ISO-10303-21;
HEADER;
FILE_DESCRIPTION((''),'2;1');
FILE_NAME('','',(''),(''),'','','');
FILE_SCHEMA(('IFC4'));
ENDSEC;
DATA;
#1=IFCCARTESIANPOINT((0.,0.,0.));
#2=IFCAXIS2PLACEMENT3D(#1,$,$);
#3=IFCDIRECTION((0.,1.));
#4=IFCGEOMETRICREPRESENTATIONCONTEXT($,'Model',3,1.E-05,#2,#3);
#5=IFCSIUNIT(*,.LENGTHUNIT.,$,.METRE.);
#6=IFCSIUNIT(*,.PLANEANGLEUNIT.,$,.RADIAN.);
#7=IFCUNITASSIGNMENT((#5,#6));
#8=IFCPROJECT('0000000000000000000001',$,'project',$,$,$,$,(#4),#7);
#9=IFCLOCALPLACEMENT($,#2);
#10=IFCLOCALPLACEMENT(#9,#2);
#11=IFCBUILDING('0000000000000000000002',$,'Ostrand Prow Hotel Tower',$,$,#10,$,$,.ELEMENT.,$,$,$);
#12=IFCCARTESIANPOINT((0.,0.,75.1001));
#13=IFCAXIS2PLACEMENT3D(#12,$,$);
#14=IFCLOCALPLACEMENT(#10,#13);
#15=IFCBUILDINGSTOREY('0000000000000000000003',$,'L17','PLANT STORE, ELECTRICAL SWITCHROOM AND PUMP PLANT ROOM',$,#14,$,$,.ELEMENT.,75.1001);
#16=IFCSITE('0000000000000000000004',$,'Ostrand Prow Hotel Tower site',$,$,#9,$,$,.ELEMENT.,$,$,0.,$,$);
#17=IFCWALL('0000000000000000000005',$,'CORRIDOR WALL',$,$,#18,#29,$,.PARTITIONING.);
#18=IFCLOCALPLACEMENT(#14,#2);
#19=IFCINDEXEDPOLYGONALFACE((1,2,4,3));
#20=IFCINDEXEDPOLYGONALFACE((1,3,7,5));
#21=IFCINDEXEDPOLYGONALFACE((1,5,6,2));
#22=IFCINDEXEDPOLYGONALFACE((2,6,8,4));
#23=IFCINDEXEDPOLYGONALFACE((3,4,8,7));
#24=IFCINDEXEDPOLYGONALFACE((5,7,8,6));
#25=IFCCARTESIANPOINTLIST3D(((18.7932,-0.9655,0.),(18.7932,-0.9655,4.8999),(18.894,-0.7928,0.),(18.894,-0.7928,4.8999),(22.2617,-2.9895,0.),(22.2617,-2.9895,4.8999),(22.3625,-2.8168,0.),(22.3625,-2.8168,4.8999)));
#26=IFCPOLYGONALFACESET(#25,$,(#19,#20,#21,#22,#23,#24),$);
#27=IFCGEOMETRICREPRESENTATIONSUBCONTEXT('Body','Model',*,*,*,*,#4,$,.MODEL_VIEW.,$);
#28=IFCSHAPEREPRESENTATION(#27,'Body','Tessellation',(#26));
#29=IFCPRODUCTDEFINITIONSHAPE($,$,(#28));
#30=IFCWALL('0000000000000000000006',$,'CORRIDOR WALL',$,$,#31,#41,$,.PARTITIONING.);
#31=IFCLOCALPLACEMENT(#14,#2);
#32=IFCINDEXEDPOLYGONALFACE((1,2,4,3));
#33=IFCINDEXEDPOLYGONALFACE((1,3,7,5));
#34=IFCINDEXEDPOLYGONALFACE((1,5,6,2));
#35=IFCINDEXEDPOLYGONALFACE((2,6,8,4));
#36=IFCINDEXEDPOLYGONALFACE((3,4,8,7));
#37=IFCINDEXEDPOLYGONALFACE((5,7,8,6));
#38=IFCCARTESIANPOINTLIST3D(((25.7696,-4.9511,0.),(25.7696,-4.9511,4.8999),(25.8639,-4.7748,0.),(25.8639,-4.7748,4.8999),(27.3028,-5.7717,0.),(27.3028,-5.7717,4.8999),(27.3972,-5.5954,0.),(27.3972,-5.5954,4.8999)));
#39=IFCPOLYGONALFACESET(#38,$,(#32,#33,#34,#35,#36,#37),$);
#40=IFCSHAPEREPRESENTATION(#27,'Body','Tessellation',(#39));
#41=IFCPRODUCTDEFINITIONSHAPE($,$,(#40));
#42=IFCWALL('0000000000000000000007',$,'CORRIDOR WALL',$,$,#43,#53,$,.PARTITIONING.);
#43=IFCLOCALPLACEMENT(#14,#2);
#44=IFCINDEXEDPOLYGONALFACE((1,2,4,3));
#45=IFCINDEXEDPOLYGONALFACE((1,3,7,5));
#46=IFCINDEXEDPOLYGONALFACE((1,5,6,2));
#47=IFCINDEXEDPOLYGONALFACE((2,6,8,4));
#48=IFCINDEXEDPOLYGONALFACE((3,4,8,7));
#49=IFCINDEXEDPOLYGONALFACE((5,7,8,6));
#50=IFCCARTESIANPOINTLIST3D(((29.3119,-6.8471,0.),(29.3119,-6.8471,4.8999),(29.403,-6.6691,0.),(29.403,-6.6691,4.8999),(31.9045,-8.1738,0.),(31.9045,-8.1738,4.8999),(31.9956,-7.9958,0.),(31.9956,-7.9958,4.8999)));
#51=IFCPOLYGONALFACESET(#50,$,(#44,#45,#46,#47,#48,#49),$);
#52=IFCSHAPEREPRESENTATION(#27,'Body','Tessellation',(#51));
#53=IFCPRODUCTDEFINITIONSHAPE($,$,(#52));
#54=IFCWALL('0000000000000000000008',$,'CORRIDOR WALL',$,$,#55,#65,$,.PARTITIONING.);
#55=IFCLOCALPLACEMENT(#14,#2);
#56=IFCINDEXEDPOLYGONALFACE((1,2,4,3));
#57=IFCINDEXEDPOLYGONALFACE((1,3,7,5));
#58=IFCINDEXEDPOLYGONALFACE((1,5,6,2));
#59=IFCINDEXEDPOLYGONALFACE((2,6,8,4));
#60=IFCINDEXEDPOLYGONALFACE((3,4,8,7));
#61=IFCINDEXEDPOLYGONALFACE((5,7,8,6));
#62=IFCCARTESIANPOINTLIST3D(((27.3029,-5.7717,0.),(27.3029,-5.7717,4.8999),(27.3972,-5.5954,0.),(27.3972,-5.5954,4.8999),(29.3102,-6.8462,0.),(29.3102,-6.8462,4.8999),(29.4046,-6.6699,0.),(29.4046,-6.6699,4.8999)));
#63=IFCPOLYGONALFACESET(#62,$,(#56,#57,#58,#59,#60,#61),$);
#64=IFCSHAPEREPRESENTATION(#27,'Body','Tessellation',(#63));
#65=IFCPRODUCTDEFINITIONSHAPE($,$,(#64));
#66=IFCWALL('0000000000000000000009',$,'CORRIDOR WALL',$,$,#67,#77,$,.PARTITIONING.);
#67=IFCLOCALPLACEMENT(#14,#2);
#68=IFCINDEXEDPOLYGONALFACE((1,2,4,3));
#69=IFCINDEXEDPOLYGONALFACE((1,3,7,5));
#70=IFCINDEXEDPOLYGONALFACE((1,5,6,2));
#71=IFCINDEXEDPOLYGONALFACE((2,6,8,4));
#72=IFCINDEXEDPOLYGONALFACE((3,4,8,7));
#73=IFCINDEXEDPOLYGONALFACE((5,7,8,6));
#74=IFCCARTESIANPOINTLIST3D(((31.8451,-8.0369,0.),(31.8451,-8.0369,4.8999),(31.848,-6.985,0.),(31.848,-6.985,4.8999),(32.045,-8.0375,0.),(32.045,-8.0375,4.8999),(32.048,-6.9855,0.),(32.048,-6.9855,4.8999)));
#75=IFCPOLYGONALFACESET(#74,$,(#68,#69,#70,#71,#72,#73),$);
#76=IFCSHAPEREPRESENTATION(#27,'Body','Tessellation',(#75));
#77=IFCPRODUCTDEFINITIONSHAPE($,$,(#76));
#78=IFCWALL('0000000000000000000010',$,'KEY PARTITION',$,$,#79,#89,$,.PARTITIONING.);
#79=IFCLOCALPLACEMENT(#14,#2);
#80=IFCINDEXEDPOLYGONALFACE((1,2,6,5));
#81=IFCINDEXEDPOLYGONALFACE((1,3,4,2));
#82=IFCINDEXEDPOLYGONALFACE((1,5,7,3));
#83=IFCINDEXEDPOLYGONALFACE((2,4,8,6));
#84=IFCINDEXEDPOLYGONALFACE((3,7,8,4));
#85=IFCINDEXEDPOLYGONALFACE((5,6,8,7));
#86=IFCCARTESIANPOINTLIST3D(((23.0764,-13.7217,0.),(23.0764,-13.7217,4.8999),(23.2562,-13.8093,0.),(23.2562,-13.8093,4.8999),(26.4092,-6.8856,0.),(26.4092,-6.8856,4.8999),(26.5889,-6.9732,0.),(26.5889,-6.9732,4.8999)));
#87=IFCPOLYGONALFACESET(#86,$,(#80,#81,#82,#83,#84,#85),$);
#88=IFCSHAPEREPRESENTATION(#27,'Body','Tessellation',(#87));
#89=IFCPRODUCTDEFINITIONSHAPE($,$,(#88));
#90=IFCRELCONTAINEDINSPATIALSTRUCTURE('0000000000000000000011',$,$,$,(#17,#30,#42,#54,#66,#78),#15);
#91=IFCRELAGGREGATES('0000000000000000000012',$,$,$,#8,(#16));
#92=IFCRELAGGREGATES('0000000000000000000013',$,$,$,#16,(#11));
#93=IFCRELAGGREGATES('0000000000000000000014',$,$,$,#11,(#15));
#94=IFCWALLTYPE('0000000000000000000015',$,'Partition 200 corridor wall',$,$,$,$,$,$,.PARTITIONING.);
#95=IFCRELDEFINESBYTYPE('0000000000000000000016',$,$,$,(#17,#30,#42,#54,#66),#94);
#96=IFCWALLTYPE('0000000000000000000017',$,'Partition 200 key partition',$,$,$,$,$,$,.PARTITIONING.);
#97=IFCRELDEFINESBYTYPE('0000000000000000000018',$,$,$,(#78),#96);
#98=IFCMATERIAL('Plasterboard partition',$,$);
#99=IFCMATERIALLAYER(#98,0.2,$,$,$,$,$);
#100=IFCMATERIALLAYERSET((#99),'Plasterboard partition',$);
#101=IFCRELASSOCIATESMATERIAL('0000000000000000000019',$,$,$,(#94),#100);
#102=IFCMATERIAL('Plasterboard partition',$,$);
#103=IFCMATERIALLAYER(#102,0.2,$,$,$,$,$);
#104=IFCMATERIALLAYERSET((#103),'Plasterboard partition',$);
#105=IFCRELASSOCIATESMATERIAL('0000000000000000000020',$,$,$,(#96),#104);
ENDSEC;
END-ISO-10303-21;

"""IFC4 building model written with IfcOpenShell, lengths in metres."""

from ifc_helpers import new_model, si_unit, direction, frame, frame_2d, origin, place, context, subcontext, project, spatial, rectangle, extrude, material, layer, layer_set, type_object, element, save


model = new_model("IFC4")

# Units and contexts
model_context = context("Model", 3, precision=1e-05, world=origin(), true_north=direction((0.0, 1.0)))
body_context = subcontext(model_context, "Body", "Model", "MODEL_VIEW")
ifc_project = project(units=[si_unit("LENGTHUNIT", "METRE"), si_unit("PLANEANGLEUNIT", "RADIAN")], contexts=[model_context])

# Site, building, storey
site_placement = place(None, origin())
site = spatial("IfcSite", under=ifc_project, at=site_placement, Name="Ostrand Prow Hotel Tower site", CompositionType="ELEMENT", RefElevation=0.0)
building_placement = place(site_placement, origin())
building = spatial("IfcBuilding", under=site, at=building_placement, Name="Ostrand Prow Hotel Tower", CompositionType="ELEMENT")
storey_placement = place(building_placement, frame((0.0, 0.0, 75.1001)))
storey = spatial("IfcBuildingStorey", under=building, at=storey_placement, Name="L17", Description="PLANT STORE, ELECTRICAL SWITCHROOM AND PUMP PLANT ROOM", CompositionType="ELEMENT", Elevation=75.1001)

# Shared definitions
ifc_material_1 = material(Name="Plasterboard partition")
ifc_layer_1 = layer(ifc_material_1, 0.2)
ifc_layer_set_1 = layer_set([ifc_layer_1], Name="Plasterboard partition")
wall_type_1 = type_object("IfcWallType", Name="Partition 200 corridor wall", PredefinedType="PARTITIONING", material=ifc_layer_set_1)

# Walls
wall_1_placement = place(storey_placement, frame((22.312, -2.9031, 0.0), z_axis=(0.0, 0.0, 1.0), x_axis=(-0.863711, 0.503988, 0.0)))
element("IfcWall", 1, at=wall_1_placement, inside=storey, type_object=wall_type_1, Name="CORRIDOR WALL", PredefinedType="PARTITIONING", context=body_context, shape_type="SweptSolid", body=[
    extrude(rectangle(XDim=4.0159, YDim=0.2, at=frame_2d((2.0078, 0.0))), origin(), (0.0, 0.0, 1.0), 4.8999),
])
wall_2_placement = place(storey_placement, frame((27.3501, -5.6836, 0.0), z_axis=(0.0, 0.0, 1.0), x_axis=(-0.881672, 0.471863, 0.0)))
element("IfcWall", 2, at=wall_2_placement, inside=storey, type_object=wall_type_1, Name="CORRIDOR WALL", PredefinedType="PARTITIONING", context=body_context, shape_type="SweptSolid", body=[
    extrude(rectangle(XDim=1.739, YDim=0.2, at=frame_2d((0.8696, 0.0))), origin(), (0.0, 0.0, 1.0), 4.8999),
])
wall_3_placement = place(storey_placement, frame((31.95, -8.0847, 0.0), z_axis=(0.0, 0.0, 1.0), x_axis=(-0.890213, 0.455544, 0.0)))
element("IfcWall", 3, at=wall_3_placement, inside=storey, type_object=wall_type_1, Name="CORRIDOR WALL", PredefinedType="PARTITIONING", context=body_context, shape_type="SweptSolid", body=[
    extrude(rectangle(XDim=2.9124, YDim=0.2, at=frame_2d((1.4561, 0.0))), origin(), (0.0, 0.0, 1.0), 4.8999),
])
wall_4_placement = place(storey_placement, frame((29.3574, -6.7581, 0.0), z_axis=(0.0, 0.0, 1.0), x_axis=(-0.881643, 0.471918, 0.0)))
element("IfcWall", 4, at=wall_4_placement, inside=storey, type_object=wall_type_1, Name="CORRIDOR WALL", PredefinedType="PARTITIONING", context=body_context, shape_type="SweptSolid", body=[
    extrude(rectangle(XDim=2.2769, YDim=0.2, at=frame_2d((1.1384, 0.0))), origin(), (0.0, 0.0, 1.0), 4.8999),
])
wall_5_placement = place(storey_placement, frame((31.948, -6.9854, 0.0), z_axis=(0.0, 0.0, 1.0), x_axis=(-0.002785, -0.999996, 0.0)))
element("IfcWall", 5, at=wall_5_placement, inside=storey, type_object=wall_type_1, Name="CORRIDOR WALL", PredefinedType="PARTITIONING", context=body_context, shape_type="SweptSolid", body=[
    extrude(rectangle(XDim=1.052, YDim=0.2, at=frame_2d((0.5259, 0.0))), origin(), (0.0, 0.0, 1.0), 4.8999),
])
ifc_material_2 = material(Name="Plasterboard partition")
ifc_layer_2 = layer(ifc_material_2, 0.2)
ifc_layer_set_2 = layer_set([ifc_layer_2], Name="Plasterboard partition")
wall_type_2 = type_object("IfcWallType", Name="Partition 200 key partition", PredefinedType="PARTITIONING", material=ifc_layer_set_2)
wall_6_placement = place(storey_placement, frame((23.1663, -13.7656, 0.0), z_axis=(0.0, 0.0, 1.0), x_axis=(0.438216, 0.89887, 0.0)))
element("IfcWall", 6, at=wall_6_placement, inside=storey, type_object=wall_type_2, Name="KEY PARTITION", PredefinedType="PARTITIONING", context=body_context, shape_type="SweptSolid", body=[
    extrude(rectangle(XDim=7.6052, YDim=0.2, at=frame_2d((3.8027, 0.0))), origin(), (0.0, 0.0, 1.0), 4.8999),
])

save(model, "model.ifc")
